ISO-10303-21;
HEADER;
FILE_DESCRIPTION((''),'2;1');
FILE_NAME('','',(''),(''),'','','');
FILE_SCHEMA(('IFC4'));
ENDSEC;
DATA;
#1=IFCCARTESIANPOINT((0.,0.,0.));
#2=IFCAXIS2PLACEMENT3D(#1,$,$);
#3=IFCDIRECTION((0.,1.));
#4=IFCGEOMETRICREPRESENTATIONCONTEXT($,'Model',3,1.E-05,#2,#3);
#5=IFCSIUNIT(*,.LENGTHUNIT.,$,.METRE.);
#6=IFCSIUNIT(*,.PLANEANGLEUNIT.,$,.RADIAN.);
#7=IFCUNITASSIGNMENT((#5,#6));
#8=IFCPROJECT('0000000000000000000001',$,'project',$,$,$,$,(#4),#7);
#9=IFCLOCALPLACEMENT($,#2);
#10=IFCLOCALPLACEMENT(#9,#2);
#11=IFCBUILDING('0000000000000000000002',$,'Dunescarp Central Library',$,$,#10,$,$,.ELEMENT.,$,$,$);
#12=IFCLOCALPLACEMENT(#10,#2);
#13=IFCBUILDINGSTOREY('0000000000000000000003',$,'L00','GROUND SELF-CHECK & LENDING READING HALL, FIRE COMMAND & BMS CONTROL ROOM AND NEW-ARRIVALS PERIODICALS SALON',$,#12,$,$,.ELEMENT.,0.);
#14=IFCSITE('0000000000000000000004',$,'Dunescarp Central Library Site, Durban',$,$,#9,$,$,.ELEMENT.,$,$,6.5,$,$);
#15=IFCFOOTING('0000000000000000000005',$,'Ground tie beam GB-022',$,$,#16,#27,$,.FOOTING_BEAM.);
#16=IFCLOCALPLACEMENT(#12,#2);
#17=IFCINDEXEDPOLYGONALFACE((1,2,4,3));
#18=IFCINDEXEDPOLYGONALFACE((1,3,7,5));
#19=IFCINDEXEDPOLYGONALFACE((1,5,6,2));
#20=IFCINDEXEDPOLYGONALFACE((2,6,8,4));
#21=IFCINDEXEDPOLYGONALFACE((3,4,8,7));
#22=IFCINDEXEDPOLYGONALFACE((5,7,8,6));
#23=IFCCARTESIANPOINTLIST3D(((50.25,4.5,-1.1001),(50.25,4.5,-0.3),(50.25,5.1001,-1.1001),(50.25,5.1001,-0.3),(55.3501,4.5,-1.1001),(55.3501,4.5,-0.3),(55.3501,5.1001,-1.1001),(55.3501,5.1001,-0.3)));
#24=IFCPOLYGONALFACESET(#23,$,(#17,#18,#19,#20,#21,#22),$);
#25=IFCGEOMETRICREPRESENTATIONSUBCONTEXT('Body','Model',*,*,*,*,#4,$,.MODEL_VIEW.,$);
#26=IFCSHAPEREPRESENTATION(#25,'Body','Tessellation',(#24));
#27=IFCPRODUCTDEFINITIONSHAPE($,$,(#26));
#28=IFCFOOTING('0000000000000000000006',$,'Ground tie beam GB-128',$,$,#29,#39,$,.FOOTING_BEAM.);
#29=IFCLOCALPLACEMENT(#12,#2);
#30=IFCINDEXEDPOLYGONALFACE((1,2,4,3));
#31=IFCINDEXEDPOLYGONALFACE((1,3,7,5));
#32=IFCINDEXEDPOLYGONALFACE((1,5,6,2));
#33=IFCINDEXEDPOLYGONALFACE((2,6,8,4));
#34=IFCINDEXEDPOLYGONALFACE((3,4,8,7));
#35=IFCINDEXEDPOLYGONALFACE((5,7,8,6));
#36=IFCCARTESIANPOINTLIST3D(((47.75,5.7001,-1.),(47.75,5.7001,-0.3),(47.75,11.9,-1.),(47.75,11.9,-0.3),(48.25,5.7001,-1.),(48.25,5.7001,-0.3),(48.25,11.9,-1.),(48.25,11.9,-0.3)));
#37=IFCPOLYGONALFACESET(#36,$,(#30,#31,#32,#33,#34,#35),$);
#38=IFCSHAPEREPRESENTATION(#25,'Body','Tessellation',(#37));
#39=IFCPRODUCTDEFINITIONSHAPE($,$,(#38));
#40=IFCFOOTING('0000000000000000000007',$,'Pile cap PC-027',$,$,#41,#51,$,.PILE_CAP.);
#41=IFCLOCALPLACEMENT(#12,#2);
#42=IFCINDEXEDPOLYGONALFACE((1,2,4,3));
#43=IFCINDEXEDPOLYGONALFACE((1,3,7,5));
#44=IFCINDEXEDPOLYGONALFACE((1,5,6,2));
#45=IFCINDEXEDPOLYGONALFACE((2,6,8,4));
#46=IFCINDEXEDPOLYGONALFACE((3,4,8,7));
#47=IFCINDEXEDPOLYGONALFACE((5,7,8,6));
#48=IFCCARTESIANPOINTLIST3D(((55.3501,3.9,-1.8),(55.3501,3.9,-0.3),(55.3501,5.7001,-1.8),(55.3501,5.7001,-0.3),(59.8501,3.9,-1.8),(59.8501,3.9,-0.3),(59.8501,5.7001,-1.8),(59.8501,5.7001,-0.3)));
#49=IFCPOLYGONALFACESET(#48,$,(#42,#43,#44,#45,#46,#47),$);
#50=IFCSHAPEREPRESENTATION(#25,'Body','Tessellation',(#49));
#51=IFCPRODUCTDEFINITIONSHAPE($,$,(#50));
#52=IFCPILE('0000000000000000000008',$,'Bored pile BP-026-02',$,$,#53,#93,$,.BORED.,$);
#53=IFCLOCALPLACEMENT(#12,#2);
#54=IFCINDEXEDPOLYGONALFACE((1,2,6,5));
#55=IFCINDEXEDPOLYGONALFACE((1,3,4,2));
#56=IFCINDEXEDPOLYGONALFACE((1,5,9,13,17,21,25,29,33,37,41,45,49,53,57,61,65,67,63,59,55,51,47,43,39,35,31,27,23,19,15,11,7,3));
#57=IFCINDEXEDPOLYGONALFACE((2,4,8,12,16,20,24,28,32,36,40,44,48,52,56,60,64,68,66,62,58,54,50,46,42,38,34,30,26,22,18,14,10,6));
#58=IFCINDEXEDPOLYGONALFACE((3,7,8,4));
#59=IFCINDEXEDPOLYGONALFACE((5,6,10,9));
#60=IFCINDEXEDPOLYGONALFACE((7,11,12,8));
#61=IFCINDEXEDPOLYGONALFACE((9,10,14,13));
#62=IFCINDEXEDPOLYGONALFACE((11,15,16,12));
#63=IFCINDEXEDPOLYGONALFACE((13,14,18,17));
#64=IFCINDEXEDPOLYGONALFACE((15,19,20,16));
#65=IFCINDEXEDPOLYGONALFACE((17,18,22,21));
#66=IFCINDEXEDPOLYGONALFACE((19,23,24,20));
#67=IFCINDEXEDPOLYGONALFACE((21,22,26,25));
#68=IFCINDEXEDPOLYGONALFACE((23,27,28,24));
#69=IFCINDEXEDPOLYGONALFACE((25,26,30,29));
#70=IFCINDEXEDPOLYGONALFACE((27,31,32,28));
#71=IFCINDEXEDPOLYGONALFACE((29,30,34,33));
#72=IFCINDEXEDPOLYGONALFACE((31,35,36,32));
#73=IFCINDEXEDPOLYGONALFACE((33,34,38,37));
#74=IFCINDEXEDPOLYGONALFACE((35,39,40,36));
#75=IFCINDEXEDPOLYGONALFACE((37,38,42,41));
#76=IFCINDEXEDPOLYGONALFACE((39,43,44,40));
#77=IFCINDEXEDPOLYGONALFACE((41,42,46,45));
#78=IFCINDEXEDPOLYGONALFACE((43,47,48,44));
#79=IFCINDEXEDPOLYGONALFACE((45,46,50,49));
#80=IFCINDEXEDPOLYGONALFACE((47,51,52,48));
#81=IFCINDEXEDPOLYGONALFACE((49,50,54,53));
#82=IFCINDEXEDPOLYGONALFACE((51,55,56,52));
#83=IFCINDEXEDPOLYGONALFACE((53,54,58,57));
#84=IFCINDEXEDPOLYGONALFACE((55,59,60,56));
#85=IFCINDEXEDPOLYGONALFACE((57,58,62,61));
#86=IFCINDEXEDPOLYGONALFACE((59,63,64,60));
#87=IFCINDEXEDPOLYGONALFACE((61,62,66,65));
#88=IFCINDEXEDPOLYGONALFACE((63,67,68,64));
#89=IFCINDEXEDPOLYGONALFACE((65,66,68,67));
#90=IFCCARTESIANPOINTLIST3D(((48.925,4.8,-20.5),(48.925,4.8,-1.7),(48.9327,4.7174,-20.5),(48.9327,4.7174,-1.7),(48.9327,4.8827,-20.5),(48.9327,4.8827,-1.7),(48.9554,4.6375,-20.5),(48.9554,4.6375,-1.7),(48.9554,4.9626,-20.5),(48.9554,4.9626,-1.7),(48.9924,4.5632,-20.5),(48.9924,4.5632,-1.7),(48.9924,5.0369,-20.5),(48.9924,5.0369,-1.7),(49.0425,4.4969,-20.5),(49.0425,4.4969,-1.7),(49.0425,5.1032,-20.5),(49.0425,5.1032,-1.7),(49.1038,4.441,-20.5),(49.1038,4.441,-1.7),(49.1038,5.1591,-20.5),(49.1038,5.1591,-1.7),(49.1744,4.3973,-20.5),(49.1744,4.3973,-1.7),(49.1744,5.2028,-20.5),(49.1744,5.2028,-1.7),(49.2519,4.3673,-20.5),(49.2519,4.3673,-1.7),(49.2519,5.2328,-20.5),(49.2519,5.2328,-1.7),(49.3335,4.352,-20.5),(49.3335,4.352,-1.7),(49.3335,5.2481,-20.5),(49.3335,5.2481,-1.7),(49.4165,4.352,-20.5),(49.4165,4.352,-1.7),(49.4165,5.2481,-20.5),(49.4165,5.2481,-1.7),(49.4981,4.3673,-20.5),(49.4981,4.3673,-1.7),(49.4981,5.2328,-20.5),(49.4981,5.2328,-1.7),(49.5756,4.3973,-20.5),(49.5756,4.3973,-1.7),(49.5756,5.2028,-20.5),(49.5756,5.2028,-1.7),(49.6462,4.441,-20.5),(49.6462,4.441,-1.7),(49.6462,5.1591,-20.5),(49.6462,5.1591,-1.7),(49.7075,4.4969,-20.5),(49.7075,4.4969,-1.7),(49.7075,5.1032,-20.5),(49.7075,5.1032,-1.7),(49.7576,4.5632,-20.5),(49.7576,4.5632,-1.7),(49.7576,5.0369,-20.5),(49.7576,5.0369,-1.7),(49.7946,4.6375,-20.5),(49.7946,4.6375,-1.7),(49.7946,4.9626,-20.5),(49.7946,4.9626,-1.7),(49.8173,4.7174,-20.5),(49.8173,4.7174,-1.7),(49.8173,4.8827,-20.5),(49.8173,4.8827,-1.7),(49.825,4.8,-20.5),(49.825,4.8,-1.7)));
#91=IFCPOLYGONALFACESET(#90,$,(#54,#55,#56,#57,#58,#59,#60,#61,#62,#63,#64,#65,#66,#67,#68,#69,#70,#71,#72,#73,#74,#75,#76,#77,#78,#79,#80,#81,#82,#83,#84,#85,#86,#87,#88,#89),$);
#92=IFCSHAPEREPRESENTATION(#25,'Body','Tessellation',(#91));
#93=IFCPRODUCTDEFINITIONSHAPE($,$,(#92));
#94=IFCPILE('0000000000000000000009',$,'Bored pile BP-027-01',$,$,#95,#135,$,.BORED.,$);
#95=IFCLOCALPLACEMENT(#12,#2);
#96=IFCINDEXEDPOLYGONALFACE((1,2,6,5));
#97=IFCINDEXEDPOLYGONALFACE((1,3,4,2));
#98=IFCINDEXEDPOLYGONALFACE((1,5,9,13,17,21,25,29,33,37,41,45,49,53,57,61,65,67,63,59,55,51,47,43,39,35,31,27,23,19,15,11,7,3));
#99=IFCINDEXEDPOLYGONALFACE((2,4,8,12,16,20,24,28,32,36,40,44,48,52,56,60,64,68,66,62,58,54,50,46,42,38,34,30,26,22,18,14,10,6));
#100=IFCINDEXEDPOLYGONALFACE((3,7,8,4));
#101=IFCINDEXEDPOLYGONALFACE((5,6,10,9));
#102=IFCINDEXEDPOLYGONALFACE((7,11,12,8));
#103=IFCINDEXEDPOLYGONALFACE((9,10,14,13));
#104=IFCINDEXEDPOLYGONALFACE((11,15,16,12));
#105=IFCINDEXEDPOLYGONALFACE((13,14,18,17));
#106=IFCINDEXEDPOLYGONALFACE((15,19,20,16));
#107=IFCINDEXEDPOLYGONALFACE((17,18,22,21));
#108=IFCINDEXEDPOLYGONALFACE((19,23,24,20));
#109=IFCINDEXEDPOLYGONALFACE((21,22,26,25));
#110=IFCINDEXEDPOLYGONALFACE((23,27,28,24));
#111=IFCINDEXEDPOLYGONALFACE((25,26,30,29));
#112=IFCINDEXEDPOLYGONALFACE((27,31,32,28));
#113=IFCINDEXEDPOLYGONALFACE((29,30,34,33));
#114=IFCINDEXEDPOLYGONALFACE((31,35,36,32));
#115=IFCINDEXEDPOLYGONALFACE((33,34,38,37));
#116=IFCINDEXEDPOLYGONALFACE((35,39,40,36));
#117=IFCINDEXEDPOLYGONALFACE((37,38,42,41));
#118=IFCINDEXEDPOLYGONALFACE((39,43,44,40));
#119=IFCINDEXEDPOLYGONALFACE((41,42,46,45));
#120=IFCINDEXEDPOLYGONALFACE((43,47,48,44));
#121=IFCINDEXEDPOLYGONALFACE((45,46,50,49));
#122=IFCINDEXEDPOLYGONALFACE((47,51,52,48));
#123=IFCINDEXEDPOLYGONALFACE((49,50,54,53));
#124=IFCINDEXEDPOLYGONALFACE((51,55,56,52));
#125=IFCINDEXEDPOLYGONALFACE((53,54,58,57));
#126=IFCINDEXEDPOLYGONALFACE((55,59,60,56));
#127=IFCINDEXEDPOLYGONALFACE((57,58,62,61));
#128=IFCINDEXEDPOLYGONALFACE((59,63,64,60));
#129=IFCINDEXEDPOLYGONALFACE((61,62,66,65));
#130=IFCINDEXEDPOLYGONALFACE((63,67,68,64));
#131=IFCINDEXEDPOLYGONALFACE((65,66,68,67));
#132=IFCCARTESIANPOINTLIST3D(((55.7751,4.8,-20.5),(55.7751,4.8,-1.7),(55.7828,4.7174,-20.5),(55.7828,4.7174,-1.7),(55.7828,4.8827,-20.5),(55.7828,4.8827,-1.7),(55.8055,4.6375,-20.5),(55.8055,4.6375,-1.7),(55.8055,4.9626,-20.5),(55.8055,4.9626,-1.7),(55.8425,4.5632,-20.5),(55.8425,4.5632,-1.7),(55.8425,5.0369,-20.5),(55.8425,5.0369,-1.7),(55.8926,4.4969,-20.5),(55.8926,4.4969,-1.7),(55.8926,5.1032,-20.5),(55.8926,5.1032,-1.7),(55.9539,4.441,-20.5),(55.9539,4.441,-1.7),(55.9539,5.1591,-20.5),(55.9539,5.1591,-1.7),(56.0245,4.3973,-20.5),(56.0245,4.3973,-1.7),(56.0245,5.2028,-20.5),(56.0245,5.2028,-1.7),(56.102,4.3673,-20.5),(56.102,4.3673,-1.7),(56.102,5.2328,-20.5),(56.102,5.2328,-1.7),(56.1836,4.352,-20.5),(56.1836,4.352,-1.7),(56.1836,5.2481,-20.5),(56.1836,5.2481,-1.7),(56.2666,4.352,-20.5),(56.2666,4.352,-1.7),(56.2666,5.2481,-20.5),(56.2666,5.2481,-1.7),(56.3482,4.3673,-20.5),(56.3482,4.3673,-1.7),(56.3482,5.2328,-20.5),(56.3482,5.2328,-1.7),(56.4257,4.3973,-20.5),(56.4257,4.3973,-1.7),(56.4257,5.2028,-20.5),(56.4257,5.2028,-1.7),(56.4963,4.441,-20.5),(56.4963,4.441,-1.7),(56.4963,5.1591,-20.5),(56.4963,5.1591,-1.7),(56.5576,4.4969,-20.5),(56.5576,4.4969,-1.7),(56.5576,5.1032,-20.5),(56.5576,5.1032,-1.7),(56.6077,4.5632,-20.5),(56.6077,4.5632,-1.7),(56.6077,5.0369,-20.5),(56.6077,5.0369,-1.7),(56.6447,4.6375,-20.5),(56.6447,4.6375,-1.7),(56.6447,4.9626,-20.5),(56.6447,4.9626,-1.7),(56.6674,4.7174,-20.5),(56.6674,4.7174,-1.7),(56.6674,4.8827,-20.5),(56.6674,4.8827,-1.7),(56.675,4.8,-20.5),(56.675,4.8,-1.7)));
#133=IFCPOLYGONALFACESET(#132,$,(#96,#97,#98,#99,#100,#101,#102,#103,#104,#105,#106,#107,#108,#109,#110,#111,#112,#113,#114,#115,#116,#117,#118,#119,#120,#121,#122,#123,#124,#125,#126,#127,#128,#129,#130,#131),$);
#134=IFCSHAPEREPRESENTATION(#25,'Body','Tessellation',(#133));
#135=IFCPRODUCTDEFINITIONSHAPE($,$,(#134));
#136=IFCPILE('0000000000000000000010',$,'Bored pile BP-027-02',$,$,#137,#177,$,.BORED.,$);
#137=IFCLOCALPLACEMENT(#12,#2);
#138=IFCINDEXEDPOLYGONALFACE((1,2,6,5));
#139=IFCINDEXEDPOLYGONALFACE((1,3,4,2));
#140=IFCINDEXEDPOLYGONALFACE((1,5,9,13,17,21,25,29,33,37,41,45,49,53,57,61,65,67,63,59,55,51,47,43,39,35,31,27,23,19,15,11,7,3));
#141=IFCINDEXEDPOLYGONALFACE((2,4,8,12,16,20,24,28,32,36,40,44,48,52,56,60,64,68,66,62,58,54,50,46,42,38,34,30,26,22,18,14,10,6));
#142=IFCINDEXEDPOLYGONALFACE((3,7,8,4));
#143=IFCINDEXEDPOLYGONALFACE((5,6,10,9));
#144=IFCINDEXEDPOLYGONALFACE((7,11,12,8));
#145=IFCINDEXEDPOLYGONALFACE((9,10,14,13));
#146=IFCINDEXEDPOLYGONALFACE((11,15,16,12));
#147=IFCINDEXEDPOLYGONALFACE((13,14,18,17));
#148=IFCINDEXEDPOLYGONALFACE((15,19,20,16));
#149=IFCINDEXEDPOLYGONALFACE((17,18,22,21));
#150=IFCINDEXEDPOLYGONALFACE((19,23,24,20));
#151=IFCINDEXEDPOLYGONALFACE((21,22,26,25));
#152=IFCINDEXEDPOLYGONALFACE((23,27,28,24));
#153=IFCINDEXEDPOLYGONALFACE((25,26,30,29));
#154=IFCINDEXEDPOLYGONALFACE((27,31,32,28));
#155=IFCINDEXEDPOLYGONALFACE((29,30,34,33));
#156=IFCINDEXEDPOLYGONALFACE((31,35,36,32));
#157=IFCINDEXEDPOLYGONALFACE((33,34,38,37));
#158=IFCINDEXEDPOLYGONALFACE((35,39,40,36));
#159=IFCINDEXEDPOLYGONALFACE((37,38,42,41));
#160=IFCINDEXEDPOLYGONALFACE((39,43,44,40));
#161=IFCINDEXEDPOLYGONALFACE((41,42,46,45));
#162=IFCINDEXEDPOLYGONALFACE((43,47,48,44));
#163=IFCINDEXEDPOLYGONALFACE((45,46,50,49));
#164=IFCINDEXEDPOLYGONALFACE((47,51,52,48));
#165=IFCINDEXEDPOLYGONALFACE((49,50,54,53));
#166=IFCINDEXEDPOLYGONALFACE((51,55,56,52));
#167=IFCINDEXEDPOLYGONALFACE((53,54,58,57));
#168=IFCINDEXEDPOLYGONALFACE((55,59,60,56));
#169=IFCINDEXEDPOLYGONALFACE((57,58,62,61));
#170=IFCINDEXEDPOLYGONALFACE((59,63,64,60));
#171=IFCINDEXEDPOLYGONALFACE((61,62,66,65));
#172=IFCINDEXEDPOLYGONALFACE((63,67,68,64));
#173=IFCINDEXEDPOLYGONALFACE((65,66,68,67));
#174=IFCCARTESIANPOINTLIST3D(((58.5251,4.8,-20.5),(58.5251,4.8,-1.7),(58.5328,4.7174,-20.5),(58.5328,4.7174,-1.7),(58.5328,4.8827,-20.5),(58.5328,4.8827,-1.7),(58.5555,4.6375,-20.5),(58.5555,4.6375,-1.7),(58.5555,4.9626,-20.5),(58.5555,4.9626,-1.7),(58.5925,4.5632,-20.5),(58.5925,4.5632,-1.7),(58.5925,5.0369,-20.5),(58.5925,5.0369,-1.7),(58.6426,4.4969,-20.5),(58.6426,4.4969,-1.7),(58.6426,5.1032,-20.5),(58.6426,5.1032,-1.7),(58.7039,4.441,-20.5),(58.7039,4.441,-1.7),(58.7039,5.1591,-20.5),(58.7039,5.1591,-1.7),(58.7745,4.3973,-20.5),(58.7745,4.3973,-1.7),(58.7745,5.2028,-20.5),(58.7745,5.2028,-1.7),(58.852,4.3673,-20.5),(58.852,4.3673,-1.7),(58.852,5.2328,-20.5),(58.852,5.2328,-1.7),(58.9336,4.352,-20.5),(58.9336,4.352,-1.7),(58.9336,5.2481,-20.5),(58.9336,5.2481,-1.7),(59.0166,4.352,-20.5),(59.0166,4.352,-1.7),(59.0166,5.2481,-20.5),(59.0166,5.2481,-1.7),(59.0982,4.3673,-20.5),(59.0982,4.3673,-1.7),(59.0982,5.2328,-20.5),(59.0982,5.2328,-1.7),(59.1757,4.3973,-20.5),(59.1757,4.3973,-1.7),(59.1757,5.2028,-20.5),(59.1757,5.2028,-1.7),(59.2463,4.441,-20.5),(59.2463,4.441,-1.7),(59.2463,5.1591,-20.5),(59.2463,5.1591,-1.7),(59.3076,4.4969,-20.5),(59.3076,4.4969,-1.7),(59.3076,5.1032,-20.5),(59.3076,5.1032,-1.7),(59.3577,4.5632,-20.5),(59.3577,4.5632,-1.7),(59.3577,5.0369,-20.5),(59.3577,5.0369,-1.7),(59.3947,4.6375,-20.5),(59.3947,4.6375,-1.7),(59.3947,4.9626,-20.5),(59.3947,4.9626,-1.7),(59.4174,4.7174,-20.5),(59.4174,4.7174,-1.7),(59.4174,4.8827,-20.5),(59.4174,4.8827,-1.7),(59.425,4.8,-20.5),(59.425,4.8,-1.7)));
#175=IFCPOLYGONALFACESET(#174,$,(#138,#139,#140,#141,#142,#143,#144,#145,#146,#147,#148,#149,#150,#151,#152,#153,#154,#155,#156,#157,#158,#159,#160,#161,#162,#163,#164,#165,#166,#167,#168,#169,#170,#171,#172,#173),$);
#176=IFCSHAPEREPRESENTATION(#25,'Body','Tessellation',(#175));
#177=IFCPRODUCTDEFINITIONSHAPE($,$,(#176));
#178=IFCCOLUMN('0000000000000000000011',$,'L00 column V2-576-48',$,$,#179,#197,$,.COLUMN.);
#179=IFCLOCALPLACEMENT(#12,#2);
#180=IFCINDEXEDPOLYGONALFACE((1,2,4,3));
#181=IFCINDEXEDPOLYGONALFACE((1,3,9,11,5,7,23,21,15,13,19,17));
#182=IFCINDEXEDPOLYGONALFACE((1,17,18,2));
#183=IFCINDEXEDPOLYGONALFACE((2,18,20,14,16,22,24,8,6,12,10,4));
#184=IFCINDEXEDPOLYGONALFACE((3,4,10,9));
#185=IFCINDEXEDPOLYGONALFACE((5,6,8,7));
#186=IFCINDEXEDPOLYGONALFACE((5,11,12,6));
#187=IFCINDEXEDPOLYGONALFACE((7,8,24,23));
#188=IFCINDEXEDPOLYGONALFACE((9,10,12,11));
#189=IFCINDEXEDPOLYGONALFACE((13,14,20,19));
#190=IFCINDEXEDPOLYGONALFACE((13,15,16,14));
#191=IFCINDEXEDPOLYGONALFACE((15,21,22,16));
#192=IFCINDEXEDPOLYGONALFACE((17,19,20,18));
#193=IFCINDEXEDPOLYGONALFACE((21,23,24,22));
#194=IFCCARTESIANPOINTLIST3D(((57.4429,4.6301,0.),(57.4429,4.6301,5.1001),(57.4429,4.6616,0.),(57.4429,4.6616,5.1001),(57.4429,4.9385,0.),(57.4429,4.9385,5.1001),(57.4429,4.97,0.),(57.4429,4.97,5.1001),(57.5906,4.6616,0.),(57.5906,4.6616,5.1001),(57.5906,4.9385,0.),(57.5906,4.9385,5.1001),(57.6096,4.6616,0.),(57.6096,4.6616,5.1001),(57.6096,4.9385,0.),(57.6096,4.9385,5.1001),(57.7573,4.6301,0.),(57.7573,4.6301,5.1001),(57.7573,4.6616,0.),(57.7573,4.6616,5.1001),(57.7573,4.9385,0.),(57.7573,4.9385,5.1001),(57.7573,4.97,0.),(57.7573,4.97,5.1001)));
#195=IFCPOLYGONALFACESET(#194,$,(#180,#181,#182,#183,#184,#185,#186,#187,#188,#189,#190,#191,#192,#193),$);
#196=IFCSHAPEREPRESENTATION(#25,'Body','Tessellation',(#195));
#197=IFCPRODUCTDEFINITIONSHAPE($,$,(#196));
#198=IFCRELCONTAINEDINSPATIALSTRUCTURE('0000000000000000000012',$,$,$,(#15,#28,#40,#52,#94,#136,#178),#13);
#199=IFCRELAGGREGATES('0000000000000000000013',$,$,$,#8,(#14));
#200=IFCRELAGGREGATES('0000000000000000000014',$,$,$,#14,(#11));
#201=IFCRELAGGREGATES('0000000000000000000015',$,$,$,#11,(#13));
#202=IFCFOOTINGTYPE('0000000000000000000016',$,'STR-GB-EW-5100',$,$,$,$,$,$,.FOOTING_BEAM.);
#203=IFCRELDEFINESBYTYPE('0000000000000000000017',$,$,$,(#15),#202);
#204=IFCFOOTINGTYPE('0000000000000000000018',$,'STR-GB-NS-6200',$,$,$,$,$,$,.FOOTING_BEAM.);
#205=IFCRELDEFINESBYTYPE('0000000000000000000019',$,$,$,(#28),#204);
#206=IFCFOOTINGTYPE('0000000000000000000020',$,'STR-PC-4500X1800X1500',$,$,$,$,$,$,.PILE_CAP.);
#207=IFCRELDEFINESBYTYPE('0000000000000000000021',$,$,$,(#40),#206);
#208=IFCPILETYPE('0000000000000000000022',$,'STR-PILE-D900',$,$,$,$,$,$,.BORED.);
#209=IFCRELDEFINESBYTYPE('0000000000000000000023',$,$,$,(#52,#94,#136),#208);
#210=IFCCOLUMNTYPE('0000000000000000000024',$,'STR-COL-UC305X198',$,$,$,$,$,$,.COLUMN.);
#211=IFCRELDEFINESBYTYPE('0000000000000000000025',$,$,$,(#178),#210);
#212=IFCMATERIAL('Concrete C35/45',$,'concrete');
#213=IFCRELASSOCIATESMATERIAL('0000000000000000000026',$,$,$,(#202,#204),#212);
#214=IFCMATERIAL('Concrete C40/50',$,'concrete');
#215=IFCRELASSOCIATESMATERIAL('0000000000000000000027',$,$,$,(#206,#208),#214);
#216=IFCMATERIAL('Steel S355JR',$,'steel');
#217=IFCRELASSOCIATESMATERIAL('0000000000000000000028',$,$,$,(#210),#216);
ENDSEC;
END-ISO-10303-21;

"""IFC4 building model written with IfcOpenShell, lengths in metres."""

from ifc_helpers import new_model, si_unit, direction, frame, origin, origin_2d, place, context, subcontext, project, spatial, rectangle, circle, i_section, extrude, material, material_profile, profile_set, type_object, element, save


model = new_model("IFC4")

# Units and contexts
model_context = context("Model", 3, precision=1e-05, world=origin(), true_north=direction((0.0, 1.0)))
body_context = subcontext(model_context, "Body", "Model", "MODEL_VIEW")
ifc_project = project(units=[si_unit("LENGTHUNIT", "METRE"), si_unit("PLANEANGLEUNIT", "RADIAN")], contexts=[model_context])

# Site, building, storey
site_placement = place(None, origin())
site = spatial("IfcSite", under=ifc_project, at=site_placement, Name="Dunescarp Central Library Site, Durban", CompositionType="ELEMENT", RefElevation=6.5)
building_placement = place(site_placement, origin())
building = spatial("IfcBuilding", under=site, at=building_placement, Name="Dunescarp Central Library", CompositionType="ELEMENT")
storey_placement = place(building_placement, origin())
storey = spatial("IfcBuildingStorey", under=building, at=storey_placement, Name="L00", Description="GROUND SELF-CHECK & LENDING READING HALL, FIRE COMMAND & BMS CONTROL ROOM AND NEW-ARRIVALS PERIODICALS SALON", CompositionType="ELEMENT", Elevation=0.0)

# Footings
ifc_material_1 = material(Name="Concrete C35/45", Category="concrete")
footing_type_1 = type_object("IfcFootingType", Name="STR-GB-EW-5100", PredefinedType="FOOTING_BEAM", material=ifc_material_1)
footing_1_placement = place(storey_placement, frame((52.8, 4.8, -1.1001), z_axis=(0.0, 0.0, 1.0), x_axis=(1.0, 0.0, 0.0)))
element("IfcFooting", 1, at=footing_1_placement, inside=storey, type_object=footing_type_1, Name="Ground tie beam GB-022", PredefinedType="FOOTING_BEAM", context=body_context, shape_type="SweptSolid", body=[
    extrude(rectangle(XDim=5.1001, YDim=0.6001, at=origin_2d()), origin(), (0.0, 0.0, 1.0), 0.8),
])
footing_type_2 = type_object("IfcFootingType", Name="STR-GB-NS-6200", PredefinedType="FOOTING_BEAM", material=ifc_material_1)
footing_2_placement = place(storey_placement, frame((48.0, 8.8, -1.0), z_axis=(0.0, 0.0, 1.0), x_axis=(0.0, 1.0, 0.0)))
element("IfcFooting", 2, at=footing_2_placement, inside=storey, type_object=footing_type_2, Name="Ground tie beam GB-128", PredefinedType="FOOTING_BEAM", context=body_context, shape_type="SweptSolid", body=[
    extrude(rectangle(XDim=6.2, YDim=0.5, at=origin_2d()), origin(), (0.0, 0.0, 1.0), 0.7),
])
ifc_material_2 = material(Name="Concrete C40/50", Category="concrete")
footing_type_3 = type_object("IfcFootingType", Name="STR-PC-4500X1800X1500", PredefinedType="PILE_CAP", material=ifc_material_2)
footing_3_placement = place(storey_placement, frame((57.6001, 4.8, -1.8), z_axis=(0.0, 0.0, 1.0), x_axis=(1.0, 0.0, 0.0)))
element("IfcFooting", 3, at=footing_3_placement, inside=storey, type_object=footing_type_3, Name="Pile cap PC-027", PredefinedType="PILE_CAP", context=body_context, shape_type="SweptSolid", body=[
    extrude(rectangle(XDim=4.5, YDim=1.8, at=origin_2d()), origin(), (0.0, 0.0, 1.0), 1.5),
])

# Piles
ifc_material_profile_1 = material_profile(ifc_material_2, circle(Radius=0.45, at=origin_2d()), Name="PILE D900")
ifc_profile_set_1 = profile_set([ifc_material_profile_1], Name="Concrete C40/50")
pile_type = type_object("IfcPileType", Name="STR-PILE-D900", PredefinedType="BORED", material=ifc_profile_set_1)
for number, where, z_axis, x_axis, name in (
    (4, (49.375, 4.8, -1.7), (0.0, 0.0, -1.0), (1.0, 0.0, 0.0), "Bored pile BP-026-02"),
    (5, (56.2251, 4.8, -1.7), (0.0, 0.0, -1.0), (1.0, 0.0, 0.0), "Bored pile BP-027-01"),
    (6, (58.9751, 4.8, -1.7), (0.0, 0.0, -1.0), (1.0, 0.0, 0.0), "Bored pile BP-027-02"),
):
    element("IfcPile", number, at=place(storey_placement, frame(where, z_axis=z_axis, x_axis=x_axis)), inside=storey, type_object=pile_type, Name=name, PredefinedType="BORED", context=body_context, shape_type="SweptSolid", body=[
        extrude(circle(Radius=0.45, at=origin_2d()), origin(), (0.0, 0.0, 1.0), 18.8),
    ])

# Column
ifc_material_3 = material(Name="Steel S355JR", Category="steel")
ifc_material_profile_2 = material_profile(ifc_material_3, i_section(OverallWidth=0.3145, OverallDepth=0.3398, WebThickness=0.019, FlangeThickness=0.0315, at=origin_2d()), Name="UC 305x305x198")
ifc_profile_set_2 = profile_set([ifc_material_profile_2], Name="Steel S355JR")
column_type = type_object("IfcColumnType", Name="STR-COL-UC305X198", PredefinedType="COLUMN", material=ifc_profile_set_2)
column_placement = place(storey_placement, frame((57.6001, 4.8, 0.0), z_axis=(0.0, 0.0, 1.0), x_axis=(1.0, 0.0, 0.0)))
element("IfcColumn", 7, at=column_placement, inside=storey, type_object=column_type, Name="L00 column V2-576-48", PredefinedType="COLUMN", context=body_context, shape_type="SweptSolid", body=[
    extrude(i_section(OverallWidth=0.3145, OverallDepth=0.3398, WebThickness=0.019, FlangeThickness=0.0315, at=origin_2d()), origin(), (0.0, 0.0, 1.0), 5.1001),
])

save(model, "model.ifc")
